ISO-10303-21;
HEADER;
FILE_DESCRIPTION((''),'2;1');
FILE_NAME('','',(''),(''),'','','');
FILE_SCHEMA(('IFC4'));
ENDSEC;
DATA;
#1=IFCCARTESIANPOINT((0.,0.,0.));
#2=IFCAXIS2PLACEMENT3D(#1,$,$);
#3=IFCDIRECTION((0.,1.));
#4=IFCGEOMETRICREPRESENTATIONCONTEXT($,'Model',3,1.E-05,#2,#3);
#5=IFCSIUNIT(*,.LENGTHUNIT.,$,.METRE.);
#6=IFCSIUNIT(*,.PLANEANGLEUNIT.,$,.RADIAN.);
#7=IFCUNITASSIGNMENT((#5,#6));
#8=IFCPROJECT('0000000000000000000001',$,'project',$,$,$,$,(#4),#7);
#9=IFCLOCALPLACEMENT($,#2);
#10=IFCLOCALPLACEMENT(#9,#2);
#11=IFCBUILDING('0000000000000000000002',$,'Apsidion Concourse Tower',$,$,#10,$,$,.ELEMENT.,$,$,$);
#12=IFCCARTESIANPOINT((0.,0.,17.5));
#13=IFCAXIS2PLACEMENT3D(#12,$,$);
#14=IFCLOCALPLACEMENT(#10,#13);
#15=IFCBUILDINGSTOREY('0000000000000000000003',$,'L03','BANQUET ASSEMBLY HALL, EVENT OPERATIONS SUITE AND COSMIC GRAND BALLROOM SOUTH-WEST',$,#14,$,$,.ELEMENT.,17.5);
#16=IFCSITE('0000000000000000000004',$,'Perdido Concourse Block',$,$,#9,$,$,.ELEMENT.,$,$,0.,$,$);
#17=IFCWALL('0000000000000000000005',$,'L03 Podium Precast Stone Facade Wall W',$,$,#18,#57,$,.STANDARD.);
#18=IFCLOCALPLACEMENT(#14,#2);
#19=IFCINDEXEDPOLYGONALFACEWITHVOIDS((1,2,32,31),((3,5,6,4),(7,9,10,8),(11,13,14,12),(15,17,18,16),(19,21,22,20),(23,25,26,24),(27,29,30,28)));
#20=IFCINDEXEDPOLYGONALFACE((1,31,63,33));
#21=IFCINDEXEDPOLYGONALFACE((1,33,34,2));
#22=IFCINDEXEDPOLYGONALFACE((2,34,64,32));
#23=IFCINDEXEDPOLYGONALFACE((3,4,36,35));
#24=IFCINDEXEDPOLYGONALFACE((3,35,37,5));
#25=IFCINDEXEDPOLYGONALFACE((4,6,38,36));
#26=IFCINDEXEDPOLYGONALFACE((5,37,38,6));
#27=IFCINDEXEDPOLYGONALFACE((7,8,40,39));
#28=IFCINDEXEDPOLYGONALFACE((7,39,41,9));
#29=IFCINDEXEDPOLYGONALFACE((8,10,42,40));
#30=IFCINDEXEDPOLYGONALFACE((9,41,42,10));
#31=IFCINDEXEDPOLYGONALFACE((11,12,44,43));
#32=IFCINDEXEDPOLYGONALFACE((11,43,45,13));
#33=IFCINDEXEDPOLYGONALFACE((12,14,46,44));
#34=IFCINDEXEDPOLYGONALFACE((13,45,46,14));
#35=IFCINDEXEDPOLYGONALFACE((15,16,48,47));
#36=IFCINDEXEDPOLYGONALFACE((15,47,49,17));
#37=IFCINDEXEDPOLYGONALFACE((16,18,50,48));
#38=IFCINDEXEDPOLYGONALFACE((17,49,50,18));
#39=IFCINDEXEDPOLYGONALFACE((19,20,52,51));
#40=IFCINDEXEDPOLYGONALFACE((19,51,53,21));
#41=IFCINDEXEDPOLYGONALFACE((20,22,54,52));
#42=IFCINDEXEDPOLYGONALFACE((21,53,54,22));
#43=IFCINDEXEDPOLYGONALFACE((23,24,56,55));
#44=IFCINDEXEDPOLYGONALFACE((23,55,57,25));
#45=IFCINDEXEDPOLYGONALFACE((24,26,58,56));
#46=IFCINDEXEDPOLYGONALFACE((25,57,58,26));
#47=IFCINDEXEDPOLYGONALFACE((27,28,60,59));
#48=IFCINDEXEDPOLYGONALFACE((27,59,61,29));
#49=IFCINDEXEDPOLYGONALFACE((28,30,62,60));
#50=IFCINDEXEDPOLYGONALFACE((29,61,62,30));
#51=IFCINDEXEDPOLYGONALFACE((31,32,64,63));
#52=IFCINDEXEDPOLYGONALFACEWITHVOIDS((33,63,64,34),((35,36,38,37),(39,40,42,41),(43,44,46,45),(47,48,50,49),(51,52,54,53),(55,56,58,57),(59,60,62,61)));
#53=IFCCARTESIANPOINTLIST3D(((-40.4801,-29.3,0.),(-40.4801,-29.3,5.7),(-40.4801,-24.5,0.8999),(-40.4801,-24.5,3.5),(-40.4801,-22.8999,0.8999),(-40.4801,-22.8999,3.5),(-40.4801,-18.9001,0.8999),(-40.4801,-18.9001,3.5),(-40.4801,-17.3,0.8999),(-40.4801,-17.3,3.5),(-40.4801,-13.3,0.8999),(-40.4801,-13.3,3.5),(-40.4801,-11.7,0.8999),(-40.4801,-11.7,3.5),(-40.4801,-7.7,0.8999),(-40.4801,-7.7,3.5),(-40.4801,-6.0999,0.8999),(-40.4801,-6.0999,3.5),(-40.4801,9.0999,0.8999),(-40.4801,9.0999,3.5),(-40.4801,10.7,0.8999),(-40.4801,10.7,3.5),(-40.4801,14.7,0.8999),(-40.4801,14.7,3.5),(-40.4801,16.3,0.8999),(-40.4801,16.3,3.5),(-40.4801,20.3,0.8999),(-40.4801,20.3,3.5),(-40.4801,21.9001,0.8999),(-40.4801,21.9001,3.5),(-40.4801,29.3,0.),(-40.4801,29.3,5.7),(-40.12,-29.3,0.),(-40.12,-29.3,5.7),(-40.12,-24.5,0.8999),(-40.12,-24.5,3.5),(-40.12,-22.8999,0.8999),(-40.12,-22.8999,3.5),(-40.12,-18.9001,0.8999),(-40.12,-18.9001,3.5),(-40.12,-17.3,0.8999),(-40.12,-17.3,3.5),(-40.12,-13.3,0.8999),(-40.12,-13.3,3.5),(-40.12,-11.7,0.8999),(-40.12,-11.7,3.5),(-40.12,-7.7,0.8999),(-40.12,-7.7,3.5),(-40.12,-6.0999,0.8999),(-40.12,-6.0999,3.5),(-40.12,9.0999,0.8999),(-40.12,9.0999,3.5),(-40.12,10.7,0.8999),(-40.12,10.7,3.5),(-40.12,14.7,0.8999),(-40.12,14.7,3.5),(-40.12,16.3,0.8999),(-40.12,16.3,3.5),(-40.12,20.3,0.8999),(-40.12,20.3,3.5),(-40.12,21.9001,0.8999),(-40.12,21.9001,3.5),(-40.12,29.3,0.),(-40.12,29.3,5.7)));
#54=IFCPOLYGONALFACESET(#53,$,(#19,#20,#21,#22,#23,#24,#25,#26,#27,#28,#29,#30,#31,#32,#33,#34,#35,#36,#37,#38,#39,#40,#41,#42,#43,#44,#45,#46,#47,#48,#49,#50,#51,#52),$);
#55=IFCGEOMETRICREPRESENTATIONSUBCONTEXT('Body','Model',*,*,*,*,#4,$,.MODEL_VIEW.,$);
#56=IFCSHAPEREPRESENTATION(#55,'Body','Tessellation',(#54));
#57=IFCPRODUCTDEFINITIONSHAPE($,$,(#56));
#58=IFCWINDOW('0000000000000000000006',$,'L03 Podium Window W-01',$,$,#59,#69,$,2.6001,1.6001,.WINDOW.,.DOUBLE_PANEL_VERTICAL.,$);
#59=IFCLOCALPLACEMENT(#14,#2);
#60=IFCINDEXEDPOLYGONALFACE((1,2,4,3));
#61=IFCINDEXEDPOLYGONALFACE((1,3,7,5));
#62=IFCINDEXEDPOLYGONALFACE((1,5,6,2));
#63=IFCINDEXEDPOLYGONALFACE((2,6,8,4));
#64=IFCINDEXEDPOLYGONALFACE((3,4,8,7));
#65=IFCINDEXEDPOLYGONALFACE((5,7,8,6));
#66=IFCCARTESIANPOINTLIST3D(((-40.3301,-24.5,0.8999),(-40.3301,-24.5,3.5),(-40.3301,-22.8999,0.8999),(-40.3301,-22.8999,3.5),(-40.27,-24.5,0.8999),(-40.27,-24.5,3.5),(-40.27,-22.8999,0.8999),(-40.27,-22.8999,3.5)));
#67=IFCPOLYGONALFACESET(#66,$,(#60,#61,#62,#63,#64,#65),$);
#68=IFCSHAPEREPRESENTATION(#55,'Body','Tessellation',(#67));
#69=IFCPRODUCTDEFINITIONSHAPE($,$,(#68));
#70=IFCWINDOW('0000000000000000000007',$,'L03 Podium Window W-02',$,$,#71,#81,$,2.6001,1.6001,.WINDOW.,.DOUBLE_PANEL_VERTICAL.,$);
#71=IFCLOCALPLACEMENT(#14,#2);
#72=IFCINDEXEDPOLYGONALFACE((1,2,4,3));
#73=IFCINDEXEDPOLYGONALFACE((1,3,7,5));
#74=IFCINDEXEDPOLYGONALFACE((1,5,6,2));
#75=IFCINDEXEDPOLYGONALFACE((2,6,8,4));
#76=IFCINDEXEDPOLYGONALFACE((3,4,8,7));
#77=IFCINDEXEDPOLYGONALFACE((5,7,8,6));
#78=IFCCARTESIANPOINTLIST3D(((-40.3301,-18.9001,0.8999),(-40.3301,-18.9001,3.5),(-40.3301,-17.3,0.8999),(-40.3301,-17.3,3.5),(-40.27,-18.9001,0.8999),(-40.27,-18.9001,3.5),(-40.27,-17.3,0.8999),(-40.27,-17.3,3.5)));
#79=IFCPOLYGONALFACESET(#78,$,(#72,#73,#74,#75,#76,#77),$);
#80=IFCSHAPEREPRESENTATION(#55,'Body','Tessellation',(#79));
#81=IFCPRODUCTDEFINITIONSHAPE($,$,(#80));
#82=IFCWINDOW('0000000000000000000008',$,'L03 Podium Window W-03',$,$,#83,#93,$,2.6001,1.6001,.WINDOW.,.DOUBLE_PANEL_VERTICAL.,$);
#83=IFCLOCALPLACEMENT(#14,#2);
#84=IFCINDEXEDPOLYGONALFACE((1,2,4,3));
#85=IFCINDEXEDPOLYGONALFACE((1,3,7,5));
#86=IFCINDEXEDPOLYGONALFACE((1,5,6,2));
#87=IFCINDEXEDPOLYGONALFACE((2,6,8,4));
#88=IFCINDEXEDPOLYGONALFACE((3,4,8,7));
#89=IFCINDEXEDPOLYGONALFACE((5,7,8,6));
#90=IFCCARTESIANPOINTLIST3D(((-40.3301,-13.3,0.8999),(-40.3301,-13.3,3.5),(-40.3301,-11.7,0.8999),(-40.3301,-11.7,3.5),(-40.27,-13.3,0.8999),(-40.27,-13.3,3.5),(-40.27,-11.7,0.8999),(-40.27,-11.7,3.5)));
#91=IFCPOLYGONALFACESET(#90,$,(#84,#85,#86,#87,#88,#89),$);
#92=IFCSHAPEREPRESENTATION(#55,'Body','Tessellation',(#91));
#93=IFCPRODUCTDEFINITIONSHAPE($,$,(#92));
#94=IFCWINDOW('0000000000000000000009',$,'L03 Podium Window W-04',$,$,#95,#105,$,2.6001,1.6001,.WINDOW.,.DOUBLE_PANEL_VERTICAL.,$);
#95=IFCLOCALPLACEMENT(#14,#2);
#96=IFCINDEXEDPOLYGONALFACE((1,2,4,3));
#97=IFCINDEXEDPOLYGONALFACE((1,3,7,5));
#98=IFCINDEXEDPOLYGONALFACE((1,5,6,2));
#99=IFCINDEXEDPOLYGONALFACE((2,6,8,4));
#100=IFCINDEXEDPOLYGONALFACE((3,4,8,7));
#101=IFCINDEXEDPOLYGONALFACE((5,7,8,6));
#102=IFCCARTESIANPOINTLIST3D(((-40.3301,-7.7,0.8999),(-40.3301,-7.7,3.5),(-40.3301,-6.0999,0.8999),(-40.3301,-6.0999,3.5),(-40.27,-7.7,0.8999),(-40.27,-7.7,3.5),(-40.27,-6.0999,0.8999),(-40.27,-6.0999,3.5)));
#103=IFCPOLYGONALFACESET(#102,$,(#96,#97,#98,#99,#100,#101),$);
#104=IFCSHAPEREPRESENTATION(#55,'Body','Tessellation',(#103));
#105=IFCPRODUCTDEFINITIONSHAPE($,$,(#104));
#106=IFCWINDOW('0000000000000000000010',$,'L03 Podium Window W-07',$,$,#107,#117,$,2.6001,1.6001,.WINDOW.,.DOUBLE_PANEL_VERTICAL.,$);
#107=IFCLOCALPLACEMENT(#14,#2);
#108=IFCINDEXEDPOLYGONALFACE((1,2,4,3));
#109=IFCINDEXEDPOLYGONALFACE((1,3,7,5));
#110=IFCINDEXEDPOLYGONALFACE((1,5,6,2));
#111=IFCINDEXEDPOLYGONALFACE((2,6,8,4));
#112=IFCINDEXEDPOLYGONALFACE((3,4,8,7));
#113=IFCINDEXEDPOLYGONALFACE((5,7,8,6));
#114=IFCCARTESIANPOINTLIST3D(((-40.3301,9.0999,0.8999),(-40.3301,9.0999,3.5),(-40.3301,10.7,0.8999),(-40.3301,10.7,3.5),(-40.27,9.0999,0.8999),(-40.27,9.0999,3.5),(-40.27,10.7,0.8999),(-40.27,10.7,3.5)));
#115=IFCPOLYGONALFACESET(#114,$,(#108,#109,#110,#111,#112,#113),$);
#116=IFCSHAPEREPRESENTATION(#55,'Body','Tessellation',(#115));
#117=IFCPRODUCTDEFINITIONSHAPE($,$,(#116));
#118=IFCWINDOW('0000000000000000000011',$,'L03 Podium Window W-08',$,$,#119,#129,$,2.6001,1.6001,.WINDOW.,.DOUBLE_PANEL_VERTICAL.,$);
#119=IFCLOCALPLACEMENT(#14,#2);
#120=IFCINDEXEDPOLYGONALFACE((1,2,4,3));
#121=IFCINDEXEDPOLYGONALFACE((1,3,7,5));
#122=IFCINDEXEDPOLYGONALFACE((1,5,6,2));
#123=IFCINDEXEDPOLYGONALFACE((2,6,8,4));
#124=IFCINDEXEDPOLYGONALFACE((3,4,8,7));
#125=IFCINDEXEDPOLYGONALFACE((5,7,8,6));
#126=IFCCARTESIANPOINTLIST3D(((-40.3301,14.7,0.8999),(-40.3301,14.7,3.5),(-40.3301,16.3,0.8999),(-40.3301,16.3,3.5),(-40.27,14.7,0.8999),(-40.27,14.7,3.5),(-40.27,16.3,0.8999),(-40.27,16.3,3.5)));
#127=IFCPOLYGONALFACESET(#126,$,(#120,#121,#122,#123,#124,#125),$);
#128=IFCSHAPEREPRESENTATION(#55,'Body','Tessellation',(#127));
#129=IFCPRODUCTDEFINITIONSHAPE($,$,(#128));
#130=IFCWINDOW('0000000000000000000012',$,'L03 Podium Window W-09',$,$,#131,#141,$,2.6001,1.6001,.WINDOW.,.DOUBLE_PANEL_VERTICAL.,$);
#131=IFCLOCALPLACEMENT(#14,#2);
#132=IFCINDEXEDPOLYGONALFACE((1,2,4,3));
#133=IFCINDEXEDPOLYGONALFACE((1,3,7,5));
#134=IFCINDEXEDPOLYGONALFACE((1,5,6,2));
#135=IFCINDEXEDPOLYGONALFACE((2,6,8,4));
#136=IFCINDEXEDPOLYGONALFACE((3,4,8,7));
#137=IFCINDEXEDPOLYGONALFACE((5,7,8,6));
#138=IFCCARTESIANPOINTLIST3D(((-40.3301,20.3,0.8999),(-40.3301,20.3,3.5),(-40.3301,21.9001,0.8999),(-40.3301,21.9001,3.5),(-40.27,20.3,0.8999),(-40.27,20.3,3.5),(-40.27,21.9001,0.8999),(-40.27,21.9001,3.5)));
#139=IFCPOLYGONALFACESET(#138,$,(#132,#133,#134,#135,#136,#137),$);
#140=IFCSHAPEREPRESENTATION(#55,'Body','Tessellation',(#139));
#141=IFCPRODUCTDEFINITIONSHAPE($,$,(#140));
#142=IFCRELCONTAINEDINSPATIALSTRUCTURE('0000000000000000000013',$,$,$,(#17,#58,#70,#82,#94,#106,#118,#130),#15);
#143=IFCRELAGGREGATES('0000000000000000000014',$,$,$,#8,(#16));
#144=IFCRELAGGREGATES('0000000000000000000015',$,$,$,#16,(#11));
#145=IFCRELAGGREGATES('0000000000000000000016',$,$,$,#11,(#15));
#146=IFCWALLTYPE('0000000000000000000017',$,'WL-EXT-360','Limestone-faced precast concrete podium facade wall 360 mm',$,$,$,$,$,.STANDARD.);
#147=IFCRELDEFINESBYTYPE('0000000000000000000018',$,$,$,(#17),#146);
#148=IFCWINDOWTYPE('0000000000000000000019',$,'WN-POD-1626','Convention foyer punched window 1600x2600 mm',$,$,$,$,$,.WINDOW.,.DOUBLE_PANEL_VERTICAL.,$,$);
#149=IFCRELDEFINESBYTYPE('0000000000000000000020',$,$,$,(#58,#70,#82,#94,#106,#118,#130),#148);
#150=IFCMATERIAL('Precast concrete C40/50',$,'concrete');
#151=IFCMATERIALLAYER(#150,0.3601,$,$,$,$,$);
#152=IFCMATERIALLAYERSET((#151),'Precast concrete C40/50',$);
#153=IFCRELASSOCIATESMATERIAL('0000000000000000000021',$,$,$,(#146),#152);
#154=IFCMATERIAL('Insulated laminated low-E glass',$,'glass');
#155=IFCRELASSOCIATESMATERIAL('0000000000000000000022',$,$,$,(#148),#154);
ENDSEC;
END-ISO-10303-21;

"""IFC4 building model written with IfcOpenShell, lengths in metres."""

from ifc_helpers import new_model, si_unit, direction, frame, frame_2d, origin, place, context, subcontext, project, spatial, rectangle, extrude, material, layer, layer_set, type_object, element, fill, save


model = new_model("IFC4")

# Units and contexts
model_context = context("Model", 3, precision=1e-05, world=origin(), true_north=direction((0.0, 1.0)))
body_context = subcontext(model_context, "Body", "Model", "MODEL_VIEW")
ifc_project = project(units=[si_unit("LENGTHUNIT", "METRE"), si_unit("PLANEANGLEUNIT", "RADIAN")], contexts=[model_context])

# Site, building, storey
site_placement = place(None, origin())
site = spatial("IfcSite", under=ifc_project, at=site_placement, Name="Perdido Concourse Block", CompositionType="ELEMENT", RefElevation=0.0)
building_placement = place(site_placement, origin())
building = spatial("IfcBuilding", under=site, at=building_placement, Name="Apsidion Concourse Tower", CompositionType="ELEMENT")
storey_placement = place(building_placement, frame((0.0, 0.0, 17.5)))
storey = spatial("IfcBuildingStorey", under=building, at=storey_placement, Name="L03", Description="BANQUET ASSEMBLY HALL, EVENT OPERATIONS SUITE AND COSMIC GRAND BALLROOM SOUTH-WEST", CompositionType="ELEMENT", Elevation=17.5)

# Wall, openings, windows
ifc_material_1 = material(Name="Precast concrete C40/50", Category="concrete")
ifc_layer_1 = layer(ifc_material_1, 0.3601)
ifc_layer_set_1 = layer_set([ifc_layer_1], Name="Precast concrete C40/50")
wall_type_1 = type_object("IfcWallType", Name="WL-EXT-360", Description="Limestone-faced precast concrete podium facade wall 360 mm", PredefinedType="STANDARD", material=ifc_layer_set_1)
wall_1_placement = place(storey_placement, frame((-40.3, -29.3, 0.0), z_axis=(0.0, 0.0, 1.0), x_axis=(0.0, 1.0, 0.0)))
wall_1 = element("IfcWall", 1, at=wall_1_placement, inside=storey, type_object=wall_type_1, Name="L03 Podium Precast Stone Facade Wall W", PredefinedType="STANDARD", context=body_context, shape_type="SweptSolid", body=[
    extrude(rectangle(XDim=58.6001, YDim=0.3601, at=frame_2d((29.3, 0.0))), origin(), (0.0, 0.0, 1.0), 5.7),
])
opening_1_placement = place(wall_1_placement, frame((4.8, 0.0, 0.8999)))
opening_1 = element("IfcOpeningElement", 2, at=opening_1_placement, cuts=wall_1, PredefinedType="OPENING", context=body_context, shape_type="SweptSolid", body=[
    extrude(rectangle(XDim=1.6001, YDim=2.6001, at=frame_2d((0.8, 1.3))), frame((0.0, 0.1899, 0.0), z_axis=(0.0, -1.0, 0.0), x_axis=(1.0, 0.0, 0.0)), (0.0, 0.0, 1.0), 0.3801),
])
opening_2_placement = place(wall_1_placement, frame((10.3999, 0.0, 0.8999)))
opening_2 = element("IfcOpeningElement", 3, at=opening_2_placement, cuts=wall_1, PredefinedType="OPENING", context=body_context, shape_type="SweptSolid", body=[
    extrude(rectangle(XDim=1.6001, YDim=2.6001, at=frame_2d((0.8, 1.3))), frame((0.0, 0.1899, 0.0), z_axis=(0.0, -1.0, 0.0), x_axis=(1.0, 0.0, 0.0)), (0.0, 0.0, 1.0), 0.3801),
])
opening_3_placement = place(wall_1_placement, frame((16.0, 0.0, 0.8999)))
opening_3 = element("IfcOpeningElement", 4, at=opening_3_placement, cuts=wall_1, PredefinedType="OPENING", context=body_context, shape_type="SweptSolid", body=[
    extrude(rectangle(XDim=1.6001, YDim=2.6001, at=frame_2d((0.8, 1.3))), frame((0.0, 0.1899, 0.0), z_axis=(0.0, -1.0, 0.0), x_axis=(1.0, 0.0, 0.0)), (0.0, 0.0, 1.0), 0.3801),
])
opening_4_placement = place(wall_1_placement, frame((21.6001, 0.0, 0.8999)))
opening_4 = element("IfcOpeningElement", 5, at=opening_4_placement, cuts=wall_1, PredefinedType="OPENING", context=body_context, shape_type="SweptSolid", body=[
    extrude(rectangle(XDim=1.6001, YDim=2.6001, at=frame_2d((0.8, 1.3))), frame((0.0, 0.1899, 0.0), z_axis=(0.0, -1.0, 0.0), x_axis=(1.0, 0.0, 0.0)), (0.0, 0.0, 1.0), 0.3801),
])
opening_5_placement = place(wall_1_placement, frame((38.3999, 0.0, 0.8999)))
opening_5 = element("IfcOpeningElement", 6, at=opening_5_placement, cuts=wall_1, PredefinedType="OPENING", context=body_context, shape_type="SweptSolid", body=[
    extrude(rectangle(XDim=1.6001, YDim=2.6001, at=frame_2d((0.8, 1.3))), frame((0.0, 0.1899, 0.0), z_axis=(0.0, -1.0, 0.0), x_axis=(1.0, 0.0, 0.0)), (0.0, 0.0, 1.0), 0.3801),
])
opening_6_placement = place(wall_1_placement, frame((44.0, 0.0, 0.8999)))
opening_6 = element("IfcOpeningElement", 7, at=opening_6_placement, cuts=wall_1, PredefinedType="OPENING", context=body_context, shape_type="SweptSolid", body=[
    extrude(rectangle(XDim=1.6001, YDim=2.6001, at=frame_2d((0.8, 1.3))), frame((0.0, 0.1899, 0.0), z_axis=(0.0, -1.0, 0.0), x_axis=(1.0, 0.0, 0.0)), (0.0, 0.0, 1.0), 0.3801),
])
opening_7_placement = place(wall_1_placement, frame((49.6001, 0.0, 0.8999)))
opening_7 = element("IfcOpeningElement", 8, at=opening_7_placement, cuts=wall_1, PredefinedType="OPENING", context=body_context, shape_type="SweptSolid", body=[
    extrude(rectangle(XDim=1.6001, YDim=2.6001, at=frame_2d((0.8, 1.3))), frame((0.0, 0.1899, 0.0), z_axis=(0.0, -1.0, 0.0), x_axis=(1.0, 0.0, 0.0)), (0.0, 0.0, 1.0), 0.3801),
])
ifc_material_2 = material(Name="Insulated laminated low-E glass", Category="glass")
window_type = type_object("IfcWindowType", Name="WN-POD-1626", Description="Convention foyer punched window 1600x2600 mm", PartitioningType="DOUBLE_PANEL_VERTICAL", PredefinedType="WINDOW", material=ifc_material_2)
window_1_placement = place(opening_1_placement, origin())
window_1 = element("IfcWindow", 9, at=window_1_placement, inside=storey, type_object=window_type, Name="L03 Podium Window W-01", OverallHeight=2.6001, OverallWidth=1.6001, PartitioningType="DOUBLE_PANEL_VERTICAL", PredefinedType="WINDOW", context=body_context, shape_type="SweptSolid", body=[
    extrude(rectangle(XDim=1.6001, YDim=2.6001, at=frame_2d((0.8, 1.3))), frame((0.0, 0.03, 0.0), z_axis=(0.0, -1.0, 0.0), x_axis=(1.0, 0.0, 0.0)), (0.0, 0.0, 1.0), 0.0601),
])
fill(opening_1, window_1)
window_2_placement = place(opening_2_placement, origin())
window_2 = element("IfcWindow", 10, at=window_2_placement, inside=storey, type_object=window_type, Name="L03 Podium Window W-02", OverallHeight=2.6001, OverallWidth=1.6001, PartitioningType="DOUBLE_PANEL_VERTICAL", PredefinedType="WINDOW", context=body_context, shape_type="SweptSolid", body=[
    extrude(rectangle(XDim=1.6001, YDim=2.6001, at=frame_2d((0.8, 1.3))), frame((0.0, 0.03, 0.0), z_axis=(0.0, -1.0, 0.0), x_axis=(1.0, 0.0, 0.0)), (0.0, 0.0, 1.0), 0.0601),
])
fill(opening_2, window_2)
window_3_placement = place(opening_3_placement, origin())
window_3 = element("IfcWindow", 11, at=window_3_placement, inside=storey, type_object=window_type, Name="L03 Podium Window W-03", OverallHeight=2.6001, OverallWidth=1.6001, PartitioningType="DOUBLE_PANEL_VERTICAL", PredefinedType="WINDOW", context=body_context, shape_type="SweptSolid", body=[
    extrude(rectangle(XDim=1.6001, YDim=2.6001, at=frame_2d((0.8, 1.3))), frame((0.0, 0.03, 0.0), z_axis=(0.0, -1.0, 0.0), x_axis=(1.0, 0.0, 0.0)), (0.0, 0.0, 1.0), 0.0601),
])
fill(opening_3, window_3)
window_4_placement = place(opening_4_placement, origin())
window_4 = element("IfcWindow", 12, at=window_4_placement, inside=storey, type_object=window_type, Name="L03 Podium Window W-04", OverallHeight=2.6001, OverallWidth=1.6001, PartitioningType="DOUBLE_PANEL_VERTICAL", PredefinedType="WINDOW", context=body_context, shape_type="SweptSolid", body=[
    extrude(rectangle(XDim=1.6001, YDim=2.6001, at=frame_2d((0.8, 1.3))), frame((0.0, 0.03, 0.0), z_axis=(0.0, -1.0, 0.0), x_axis=(1.0, 0.0, 0.0)), (0.0, 0.0, 1.0), 0.0601),
])
fill(opening_4, window_4)
window_5_placement = place(opening_5_placement, origin())
window_5 = element("IfcWindow", 13, at=window_5_placement, inside=storey, type_object=window_type, Name="L03 Podium Window W-07", OverallHeight=2.6001, OverallWidth=1.6001, PartitioningType="DOUBLE_PANEL_VERTICAL", PredefinedType="WINDOW", context=body_context, shape_type="SweptSolid", body=[
    extrude(rectangle(XDim=1.6001, YDim=2.6001, at=frame_2d((0.8, 1.3))), frame((0.0, 0.03, 0.0), z_axis=(0.0, -1.0, 0.0), x_axis=(1.0, 0.0, 0.0)), (0.0, 0.0, 1.0), 0.0601),
])
fill(opening_5, window_5)
window_6_placement = place(opening_6_placement, origin())
window_6 = element("IfcWindow", 14, at=window_6_placement, inside=storey, type_object=window_type, Name="L03 Podium Window W-08", OverallHeight=2.6001, OverallWidth=1.6001, PartitioningType="DOUBLE_PANEL_VERTICAL", PredefinedType="WINDOW", context=body_context, shape_type="SweptSolid", body=[
    extrude(rectangle(XDim=1.6001, YDim=2.6001, at=frame_2d((0.8, 1.3))), frame((0.0, 0.03, 0.0), z_axis=(0.0, -1.0, 0.0), x_axis=(1.0, 0.0, 0.0)), (0.0, 0.0, 1.0), 0.0601),
])
fill(opening_6, window_6)
window_7_placement = place(opening_7_placement, origin())
window_7 = element("IfcWindow", 15, at=window_7_placement, inside=storey, type_object=window_type, Name="L03 Podium Window W-09", OverallHeight=2.6001, OverallWidth=1.6001, PartitioningType="DOUBLE_PANEL_VERTICAL", PredefinedType="WINDOW", context=body_context, shape_type="SweptSolid", body=[
    extrude(rectangle(XDim=1.6001, YDim=2.6001, at=frame_2d((0.8, 1.3))), frame((0.0, 0.03, 0.0), z_axis=(0.0, -1.0, 0.0), x_axis=(1.0, 0.0, 0.0)), (0.0, 0.0, 1.0), 0.0601),
])
fill(opening_7, window_7)

save(model, "model.ifc")
